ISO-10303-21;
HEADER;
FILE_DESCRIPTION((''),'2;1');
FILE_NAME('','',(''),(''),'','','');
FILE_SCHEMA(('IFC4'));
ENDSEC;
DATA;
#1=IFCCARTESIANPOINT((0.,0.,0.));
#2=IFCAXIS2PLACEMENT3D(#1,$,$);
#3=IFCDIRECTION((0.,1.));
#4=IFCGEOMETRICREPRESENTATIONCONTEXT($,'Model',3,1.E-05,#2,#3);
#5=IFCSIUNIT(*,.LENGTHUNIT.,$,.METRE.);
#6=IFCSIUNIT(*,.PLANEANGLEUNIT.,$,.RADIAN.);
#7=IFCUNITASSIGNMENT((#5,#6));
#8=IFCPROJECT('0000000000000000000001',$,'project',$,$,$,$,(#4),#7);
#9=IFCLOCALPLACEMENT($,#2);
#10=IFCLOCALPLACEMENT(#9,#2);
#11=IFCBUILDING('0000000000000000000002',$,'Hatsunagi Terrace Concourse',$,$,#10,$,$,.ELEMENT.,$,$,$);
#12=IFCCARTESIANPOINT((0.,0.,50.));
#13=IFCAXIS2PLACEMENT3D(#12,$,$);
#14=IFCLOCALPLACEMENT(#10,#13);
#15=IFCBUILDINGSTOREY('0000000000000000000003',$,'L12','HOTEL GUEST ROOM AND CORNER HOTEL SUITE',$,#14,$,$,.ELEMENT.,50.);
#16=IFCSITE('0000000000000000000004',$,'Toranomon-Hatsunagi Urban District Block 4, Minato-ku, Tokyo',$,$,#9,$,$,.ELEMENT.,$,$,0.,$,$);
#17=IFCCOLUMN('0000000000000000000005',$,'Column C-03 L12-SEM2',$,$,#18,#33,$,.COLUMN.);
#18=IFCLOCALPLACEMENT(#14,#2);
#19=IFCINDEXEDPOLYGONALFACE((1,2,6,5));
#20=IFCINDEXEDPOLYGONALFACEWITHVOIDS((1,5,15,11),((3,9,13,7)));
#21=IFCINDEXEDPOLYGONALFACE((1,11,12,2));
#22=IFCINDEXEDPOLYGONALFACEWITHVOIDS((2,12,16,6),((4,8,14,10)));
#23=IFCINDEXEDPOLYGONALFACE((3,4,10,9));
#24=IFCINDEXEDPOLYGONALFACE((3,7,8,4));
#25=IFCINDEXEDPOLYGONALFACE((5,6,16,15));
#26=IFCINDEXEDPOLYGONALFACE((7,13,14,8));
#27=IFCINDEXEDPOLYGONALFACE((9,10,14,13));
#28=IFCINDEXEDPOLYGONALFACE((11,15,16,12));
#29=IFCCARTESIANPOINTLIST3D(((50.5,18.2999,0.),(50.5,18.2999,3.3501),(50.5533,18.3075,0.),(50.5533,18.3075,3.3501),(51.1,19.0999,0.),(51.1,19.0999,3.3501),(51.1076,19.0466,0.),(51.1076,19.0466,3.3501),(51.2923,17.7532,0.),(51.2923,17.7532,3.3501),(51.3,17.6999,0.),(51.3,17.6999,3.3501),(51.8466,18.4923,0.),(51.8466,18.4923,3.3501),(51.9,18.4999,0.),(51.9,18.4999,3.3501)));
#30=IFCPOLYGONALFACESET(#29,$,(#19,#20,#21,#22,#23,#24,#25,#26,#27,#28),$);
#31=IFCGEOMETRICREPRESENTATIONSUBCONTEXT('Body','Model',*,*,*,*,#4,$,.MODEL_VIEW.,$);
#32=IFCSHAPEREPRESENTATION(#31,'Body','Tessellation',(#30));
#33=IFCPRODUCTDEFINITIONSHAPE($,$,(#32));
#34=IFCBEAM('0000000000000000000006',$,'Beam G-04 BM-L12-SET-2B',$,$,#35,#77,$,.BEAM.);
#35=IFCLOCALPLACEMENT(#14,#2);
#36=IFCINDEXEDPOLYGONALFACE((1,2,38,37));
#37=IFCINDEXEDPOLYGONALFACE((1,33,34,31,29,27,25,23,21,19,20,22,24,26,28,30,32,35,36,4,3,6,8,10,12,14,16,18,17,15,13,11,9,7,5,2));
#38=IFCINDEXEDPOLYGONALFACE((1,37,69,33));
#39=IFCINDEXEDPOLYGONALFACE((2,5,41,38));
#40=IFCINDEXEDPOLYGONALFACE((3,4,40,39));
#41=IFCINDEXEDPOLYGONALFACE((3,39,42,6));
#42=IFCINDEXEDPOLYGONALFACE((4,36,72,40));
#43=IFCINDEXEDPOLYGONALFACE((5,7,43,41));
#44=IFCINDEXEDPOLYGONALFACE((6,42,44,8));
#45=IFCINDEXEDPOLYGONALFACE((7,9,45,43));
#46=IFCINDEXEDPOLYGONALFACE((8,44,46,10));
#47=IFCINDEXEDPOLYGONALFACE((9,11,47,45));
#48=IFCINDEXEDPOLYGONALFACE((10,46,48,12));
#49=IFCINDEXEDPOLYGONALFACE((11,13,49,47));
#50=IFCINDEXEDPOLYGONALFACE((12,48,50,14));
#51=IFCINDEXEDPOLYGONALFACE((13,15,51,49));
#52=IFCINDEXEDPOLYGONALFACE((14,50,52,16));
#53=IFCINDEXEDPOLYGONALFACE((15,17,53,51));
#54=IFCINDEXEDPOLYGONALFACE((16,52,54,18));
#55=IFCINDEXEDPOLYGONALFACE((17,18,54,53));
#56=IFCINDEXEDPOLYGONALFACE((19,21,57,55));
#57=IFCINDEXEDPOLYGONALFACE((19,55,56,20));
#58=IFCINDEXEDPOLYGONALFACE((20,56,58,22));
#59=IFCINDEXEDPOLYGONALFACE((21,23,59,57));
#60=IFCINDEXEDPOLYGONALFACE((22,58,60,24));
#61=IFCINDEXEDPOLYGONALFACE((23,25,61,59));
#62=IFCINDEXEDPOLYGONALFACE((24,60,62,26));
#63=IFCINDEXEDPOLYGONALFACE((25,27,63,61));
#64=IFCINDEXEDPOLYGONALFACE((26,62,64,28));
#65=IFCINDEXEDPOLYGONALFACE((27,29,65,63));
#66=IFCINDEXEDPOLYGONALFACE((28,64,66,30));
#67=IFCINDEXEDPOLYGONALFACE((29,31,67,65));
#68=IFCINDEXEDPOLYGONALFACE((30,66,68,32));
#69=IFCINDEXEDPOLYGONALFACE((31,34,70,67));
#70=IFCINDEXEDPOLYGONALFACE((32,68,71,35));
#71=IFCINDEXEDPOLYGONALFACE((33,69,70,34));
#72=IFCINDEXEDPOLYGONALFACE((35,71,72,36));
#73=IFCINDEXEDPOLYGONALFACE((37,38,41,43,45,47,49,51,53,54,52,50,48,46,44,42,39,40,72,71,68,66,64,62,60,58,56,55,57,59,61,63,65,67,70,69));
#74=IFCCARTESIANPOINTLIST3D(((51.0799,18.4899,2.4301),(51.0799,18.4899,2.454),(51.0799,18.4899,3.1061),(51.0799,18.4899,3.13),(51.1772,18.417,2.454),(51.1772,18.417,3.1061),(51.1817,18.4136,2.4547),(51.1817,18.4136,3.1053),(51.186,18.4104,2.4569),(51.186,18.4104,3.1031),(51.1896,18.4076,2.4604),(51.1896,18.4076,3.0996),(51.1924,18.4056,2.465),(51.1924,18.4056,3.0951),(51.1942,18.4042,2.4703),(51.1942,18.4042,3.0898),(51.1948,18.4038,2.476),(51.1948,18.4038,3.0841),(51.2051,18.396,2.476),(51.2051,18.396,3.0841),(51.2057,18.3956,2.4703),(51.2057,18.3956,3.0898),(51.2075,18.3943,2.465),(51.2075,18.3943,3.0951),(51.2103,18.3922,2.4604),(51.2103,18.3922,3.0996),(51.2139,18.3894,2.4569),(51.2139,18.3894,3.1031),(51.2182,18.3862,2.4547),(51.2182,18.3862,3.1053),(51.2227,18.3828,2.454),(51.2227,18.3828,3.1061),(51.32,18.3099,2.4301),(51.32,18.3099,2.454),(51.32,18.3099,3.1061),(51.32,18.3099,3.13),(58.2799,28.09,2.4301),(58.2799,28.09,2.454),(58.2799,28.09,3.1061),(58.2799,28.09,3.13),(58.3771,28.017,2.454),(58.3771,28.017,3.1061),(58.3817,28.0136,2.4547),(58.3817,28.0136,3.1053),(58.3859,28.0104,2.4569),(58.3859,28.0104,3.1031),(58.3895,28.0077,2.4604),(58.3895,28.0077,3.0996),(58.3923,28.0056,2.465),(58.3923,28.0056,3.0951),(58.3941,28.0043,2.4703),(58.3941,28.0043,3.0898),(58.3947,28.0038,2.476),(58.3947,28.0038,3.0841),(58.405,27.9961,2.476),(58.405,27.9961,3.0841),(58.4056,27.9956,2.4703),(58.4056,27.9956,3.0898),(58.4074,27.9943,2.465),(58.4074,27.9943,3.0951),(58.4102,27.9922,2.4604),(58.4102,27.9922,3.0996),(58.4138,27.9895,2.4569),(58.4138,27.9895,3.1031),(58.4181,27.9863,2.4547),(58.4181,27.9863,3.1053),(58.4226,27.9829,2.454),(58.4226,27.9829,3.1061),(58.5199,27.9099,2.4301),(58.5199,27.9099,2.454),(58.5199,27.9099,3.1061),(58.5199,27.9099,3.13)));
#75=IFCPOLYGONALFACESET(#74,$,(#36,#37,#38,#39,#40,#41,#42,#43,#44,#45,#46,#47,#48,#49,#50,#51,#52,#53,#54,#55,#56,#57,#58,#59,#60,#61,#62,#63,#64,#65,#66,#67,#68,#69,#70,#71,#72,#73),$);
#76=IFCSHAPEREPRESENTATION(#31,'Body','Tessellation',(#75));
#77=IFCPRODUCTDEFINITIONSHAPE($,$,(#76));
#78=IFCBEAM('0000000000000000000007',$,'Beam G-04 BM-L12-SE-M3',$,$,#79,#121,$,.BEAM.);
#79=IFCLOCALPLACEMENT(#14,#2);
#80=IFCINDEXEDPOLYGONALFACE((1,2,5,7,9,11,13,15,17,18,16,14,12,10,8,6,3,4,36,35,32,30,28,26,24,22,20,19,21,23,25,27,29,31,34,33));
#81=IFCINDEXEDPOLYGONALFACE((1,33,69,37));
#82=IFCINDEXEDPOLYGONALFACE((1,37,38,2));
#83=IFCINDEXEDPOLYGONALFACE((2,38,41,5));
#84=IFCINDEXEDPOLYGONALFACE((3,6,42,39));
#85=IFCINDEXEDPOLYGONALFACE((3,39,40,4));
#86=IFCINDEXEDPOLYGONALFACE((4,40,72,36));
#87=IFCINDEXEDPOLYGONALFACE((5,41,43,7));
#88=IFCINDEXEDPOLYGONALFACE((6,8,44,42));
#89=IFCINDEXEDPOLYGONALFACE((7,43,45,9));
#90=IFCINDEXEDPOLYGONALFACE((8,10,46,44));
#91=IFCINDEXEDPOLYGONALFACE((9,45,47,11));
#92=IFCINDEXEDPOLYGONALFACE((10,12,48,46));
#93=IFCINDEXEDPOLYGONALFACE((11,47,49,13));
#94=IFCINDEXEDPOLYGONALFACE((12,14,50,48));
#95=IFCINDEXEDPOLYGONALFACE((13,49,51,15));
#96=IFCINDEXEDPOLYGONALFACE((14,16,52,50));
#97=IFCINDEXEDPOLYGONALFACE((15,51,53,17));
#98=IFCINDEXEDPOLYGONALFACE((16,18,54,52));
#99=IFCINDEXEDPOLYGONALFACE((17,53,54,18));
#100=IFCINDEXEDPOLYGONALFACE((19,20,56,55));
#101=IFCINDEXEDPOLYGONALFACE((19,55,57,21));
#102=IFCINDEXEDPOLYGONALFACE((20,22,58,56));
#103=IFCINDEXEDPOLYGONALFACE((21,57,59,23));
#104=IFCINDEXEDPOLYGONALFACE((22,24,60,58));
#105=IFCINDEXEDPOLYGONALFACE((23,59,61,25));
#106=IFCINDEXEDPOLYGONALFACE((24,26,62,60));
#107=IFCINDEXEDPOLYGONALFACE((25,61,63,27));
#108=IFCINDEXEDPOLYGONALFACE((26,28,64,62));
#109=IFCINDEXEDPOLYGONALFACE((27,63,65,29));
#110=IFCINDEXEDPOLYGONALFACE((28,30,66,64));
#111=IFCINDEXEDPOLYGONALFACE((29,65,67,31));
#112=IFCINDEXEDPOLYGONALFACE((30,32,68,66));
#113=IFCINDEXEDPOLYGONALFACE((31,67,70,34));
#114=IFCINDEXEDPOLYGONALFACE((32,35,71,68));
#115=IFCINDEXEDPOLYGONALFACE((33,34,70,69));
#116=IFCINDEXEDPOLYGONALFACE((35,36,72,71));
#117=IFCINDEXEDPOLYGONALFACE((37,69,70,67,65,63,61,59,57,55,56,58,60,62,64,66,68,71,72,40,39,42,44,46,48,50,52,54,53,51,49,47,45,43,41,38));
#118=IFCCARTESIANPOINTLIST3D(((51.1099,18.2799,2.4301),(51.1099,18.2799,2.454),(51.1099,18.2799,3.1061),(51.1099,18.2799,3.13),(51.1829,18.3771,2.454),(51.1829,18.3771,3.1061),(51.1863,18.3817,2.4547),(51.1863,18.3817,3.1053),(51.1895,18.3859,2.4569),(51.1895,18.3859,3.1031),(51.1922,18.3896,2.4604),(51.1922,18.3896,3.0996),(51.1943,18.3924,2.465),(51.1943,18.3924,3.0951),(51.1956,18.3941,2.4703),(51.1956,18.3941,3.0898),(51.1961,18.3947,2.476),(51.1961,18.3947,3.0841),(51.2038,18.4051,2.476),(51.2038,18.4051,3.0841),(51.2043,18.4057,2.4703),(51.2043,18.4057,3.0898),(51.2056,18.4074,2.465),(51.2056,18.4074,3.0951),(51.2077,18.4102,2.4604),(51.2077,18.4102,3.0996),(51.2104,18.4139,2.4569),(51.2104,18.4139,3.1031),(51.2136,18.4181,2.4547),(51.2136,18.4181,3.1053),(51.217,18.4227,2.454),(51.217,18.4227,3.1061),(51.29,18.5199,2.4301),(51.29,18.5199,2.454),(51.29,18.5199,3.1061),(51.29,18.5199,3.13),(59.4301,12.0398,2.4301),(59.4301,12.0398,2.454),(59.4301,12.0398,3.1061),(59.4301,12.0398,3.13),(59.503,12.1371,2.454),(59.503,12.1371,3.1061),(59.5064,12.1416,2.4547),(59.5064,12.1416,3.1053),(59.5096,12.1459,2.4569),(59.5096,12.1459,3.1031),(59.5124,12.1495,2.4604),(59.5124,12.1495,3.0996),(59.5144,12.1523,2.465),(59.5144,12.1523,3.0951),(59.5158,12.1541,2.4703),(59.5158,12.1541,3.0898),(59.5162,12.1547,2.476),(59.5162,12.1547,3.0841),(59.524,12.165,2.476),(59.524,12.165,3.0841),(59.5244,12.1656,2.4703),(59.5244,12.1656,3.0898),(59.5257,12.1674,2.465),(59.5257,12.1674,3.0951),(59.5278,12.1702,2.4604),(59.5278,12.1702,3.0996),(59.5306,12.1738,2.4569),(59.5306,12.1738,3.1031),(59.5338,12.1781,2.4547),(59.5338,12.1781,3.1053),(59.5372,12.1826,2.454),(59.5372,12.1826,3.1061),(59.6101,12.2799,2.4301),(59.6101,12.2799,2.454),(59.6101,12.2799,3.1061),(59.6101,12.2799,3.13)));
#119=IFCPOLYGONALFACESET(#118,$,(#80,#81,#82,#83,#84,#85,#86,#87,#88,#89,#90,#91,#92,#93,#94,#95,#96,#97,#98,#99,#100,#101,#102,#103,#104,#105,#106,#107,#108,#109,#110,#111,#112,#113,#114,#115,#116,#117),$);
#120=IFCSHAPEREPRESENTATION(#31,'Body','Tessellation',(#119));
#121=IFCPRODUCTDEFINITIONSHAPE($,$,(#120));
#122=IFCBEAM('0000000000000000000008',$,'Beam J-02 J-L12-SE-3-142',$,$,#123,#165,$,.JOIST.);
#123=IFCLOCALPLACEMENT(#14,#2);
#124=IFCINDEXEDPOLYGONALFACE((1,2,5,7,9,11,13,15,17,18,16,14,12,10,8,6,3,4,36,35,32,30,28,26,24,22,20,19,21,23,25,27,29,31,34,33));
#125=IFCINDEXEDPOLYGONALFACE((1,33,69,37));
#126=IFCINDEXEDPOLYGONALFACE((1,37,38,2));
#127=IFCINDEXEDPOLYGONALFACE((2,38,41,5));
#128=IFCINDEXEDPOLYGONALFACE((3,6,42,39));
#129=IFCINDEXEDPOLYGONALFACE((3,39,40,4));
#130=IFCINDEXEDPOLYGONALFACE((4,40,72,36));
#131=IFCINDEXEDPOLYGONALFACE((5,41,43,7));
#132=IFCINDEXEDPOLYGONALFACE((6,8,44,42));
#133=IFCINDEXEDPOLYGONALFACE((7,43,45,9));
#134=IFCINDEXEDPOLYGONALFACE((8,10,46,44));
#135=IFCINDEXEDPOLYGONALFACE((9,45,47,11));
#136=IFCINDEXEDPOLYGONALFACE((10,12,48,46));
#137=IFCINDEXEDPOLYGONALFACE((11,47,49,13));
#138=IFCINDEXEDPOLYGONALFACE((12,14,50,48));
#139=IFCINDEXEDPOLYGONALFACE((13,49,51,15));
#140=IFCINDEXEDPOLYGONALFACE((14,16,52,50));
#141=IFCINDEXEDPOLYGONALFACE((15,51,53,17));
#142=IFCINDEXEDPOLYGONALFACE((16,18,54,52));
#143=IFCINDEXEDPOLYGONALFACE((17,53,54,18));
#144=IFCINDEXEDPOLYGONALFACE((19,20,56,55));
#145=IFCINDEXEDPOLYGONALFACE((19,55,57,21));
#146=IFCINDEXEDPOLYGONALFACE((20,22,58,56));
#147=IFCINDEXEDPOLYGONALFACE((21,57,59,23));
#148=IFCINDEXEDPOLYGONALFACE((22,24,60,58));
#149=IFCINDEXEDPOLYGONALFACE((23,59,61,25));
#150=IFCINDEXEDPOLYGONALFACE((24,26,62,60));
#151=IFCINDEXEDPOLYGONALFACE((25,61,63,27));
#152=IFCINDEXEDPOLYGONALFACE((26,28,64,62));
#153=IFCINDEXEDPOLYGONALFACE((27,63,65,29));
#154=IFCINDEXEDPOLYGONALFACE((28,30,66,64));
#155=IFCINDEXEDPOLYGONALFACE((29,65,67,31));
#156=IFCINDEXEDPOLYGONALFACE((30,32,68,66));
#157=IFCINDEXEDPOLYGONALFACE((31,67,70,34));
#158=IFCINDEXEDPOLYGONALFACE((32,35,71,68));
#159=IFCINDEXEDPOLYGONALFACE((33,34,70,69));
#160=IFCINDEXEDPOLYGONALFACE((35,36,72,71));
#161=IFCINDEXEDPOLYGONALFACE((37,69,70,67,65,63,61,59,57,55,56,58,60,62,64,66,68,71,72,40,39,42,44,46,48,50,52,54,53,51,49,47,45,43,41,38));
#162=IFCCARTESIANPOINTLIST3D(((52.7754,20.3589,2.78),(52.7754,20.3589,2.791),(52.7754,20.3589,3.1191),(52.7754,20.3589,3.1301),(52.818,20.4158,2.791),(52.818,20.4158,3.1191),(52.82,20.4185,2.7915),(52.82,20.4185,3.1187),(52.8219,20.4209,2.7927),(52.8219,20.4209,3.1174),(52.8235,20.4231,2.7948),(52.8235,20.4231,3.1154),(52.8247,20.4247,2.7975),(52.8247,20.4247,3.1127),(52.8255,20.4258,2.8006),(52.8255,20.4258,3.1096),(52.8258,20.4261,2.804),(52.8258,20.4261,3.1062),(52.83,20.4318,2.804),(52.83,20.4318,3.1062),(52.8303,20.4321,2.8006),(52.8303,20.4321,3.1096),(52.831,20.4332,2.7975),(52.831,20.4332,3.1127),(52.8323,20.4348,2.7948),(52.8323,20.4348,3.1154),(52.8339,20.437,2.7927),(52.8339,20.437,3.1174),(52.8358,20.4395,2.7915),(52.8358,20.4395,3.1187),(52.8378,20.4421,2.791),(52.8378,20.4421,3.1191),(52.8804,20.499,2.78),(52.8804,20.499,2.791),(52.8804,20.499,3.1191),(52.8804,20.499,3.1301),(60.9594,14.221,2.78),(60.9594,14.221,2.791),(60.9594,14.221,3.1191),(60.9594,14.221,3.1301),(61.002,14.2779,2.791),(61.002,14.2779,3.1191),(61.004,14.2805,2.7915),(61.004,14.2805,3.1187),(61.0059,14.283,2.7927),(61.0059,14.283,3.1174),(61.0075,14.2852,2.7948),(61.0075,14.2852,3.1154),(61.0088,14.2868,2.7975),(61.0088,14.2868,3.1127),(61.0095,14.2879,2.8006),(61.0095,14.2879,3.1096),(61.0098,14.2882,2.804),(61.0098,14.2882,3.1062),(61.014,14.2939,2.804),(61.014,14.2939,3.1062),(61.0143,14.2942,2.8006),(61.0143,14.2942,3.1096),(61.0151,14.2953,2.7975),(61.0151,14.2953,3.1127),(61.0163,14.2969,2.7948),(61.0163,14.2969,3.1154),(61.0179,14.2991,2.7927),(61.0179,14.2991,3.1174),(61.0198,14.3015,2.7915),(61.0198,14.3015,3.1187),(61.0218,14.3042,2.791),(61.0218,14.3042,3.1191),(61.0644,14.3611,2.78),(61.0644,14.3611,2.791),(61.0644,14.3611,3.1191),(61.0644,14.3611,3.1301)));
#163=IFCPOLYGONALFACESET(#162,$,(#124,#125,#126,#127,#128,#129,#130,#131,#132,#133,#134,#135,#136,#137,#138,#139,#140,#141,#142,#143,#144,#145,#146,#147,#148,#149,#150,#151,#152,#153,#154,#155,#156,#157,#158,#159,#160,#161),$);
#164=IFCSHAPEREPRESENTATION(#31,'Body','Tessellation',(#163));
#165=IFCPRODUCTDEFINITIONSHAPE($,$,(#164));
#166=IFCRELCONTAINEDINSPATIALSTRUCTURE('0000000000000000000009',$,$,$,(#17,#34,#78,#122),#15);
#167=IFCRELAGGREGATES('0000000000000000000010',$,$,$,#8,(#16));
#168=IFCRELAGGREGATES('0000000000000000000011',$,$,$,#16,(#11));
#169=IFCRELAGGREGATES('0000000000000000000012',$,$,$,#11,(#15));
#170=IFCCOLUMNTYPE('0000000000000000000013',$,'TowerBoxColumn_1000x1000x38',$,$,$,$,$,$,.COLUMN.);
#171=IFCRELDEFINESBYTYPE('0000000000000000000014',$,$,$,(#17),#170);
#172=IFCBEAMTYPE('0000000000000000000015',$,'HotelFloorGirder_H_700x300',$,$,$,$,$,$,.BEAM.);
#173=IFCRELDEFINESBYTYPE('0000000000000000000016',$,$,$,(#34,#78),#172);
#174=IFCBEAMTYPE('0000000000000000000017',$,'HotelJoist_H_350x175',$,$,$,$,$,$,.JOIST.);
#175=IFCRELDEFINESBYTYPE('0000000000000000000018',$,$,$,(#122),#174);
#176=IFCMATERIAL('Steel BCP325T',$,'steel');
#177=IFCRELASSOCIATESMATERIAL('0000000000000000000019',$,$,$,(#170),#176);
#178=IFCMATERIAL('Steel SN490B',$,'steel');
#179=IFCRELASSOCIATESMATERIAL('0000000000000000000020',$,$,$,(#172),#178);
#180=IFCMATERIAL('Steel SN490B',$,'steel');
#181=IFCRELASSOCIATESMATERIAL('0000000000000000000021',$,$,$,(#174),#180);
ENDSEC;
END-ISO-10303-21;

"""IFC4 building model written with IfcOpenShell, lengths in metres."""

from ifc_helpers import new_model, si_unit, direction, frame, origin, origin_2d, place, context, subcontext, project, spatial, hollow_rectangle, i_section, extrude, material, material_profile, profile_set, type_object, element, save


model = new_model("IFC4")

# Units and contexts
model_context = context("Model", 3, precision=1e-05, world=origin(), true_north=direction((0.0, 1.0)))
body_context = subcontext(model_context, "Body", "Model", "MODEL_VIEW")
ifc_project = project(units=[si_unit("LENGTHUNIT", "METRE"), si_unit("PLANEANGLEUNIT", "RADIAN")], contexts=[model_context])

# Site, building, storey
site_placement = place(None, origin())
site = spatial("IfcSite", under=ifc_project, at=site_placement, Name="Toranomon-Hatsunagi Urban District Block 4, Minato-ku, Tokyo", CompositionType="ELEMENT", RefElevation=0.0)
building_placement = place(site_placement, origin())
building = spatial("IfcBuilding", under=site, at=building_placement, Name="Hatsunagi Terrace Concourse", CompositionType="ELEMENT")
storey_placement = place(building_placement, frame((0.0, 0.0, 50.0)))
storey = spatial("IfcBuildingStorey", under=building, at=storey_placement, Name="L12", Description="HOTEL GUEST ROOM AND CORNER HOTEL SUITE", CompositionType="ELEMENT", Elevation=50.0)

# Column
ifc_material_1 = material(Name="Steel BCP325T", Category="steel")
ifc_material_profile_1 = material_profile(ifc_material_1, hollow_rectangle(XDim=1.0, YDim=1.0, WallThickness=0.0381, at=origin_2d()), Name="BCP-1000x1000x38")
ifc_profile_set_1 = profile_set([ifc_material_profile_1], Name="Steel BCP325T")
column_type = type_object("IfcColumnType", Name="TowerBoxColumn_1000x1000x38", PredefinedType="COLUMN", material=ifc_profile_set_1)
column_placement = place(storey_placement, frame((51.2, 18.3999, 0.0), z_axis=(0.0, 0.0, 1.0), x_axis=(0.8, -0.6, 0.0)))
element("IfcColumn", 1, at=column_placement, inside=storey, type_object=column_type, Name="Column C-03 L12-SEM2", PredefinedType="COLUMN", context=body_context, shape_type="SweptSolid", body=[
    extrude(hollow_rectangle(XDim=1.0, YDim=1.0, WallThickness=0.0381, at=origin_2d()), origin(), (0.0, 0.0, 1.0), 3.3501),
])

# Beams
ifc_material_2 = material(Name="Steel SN490B", Category="steel")
ifc_material_profile_2 = material_profile(ifc_material_2, i_section(OverallWidth=0.3, OverallDepth=0.7, WebThickness=0.0129, FlangeThickness=0.0239, FilletRadius=0.022, at=origin_2d()), Name="H-700x300x13x24")
ifc_profile_set_2 = profile_set([ifc_material_profile_2], Name="Steel SN490B")
beam_type_1 = type_object("IfcBeamType", Name="HotelFloorGirder_H_700x300", PredefinedType="BEAM", material=ifc_profile_set_2)
beam_1_placement = place(storey_placement, frame((51.2, 18.3999, 2.78), z_axis=(0.599993, 0.800005, 0.0), x_axis=(-0.800005, 0.599993, 0.0)))
element("IfcBeam", 2, at=beam_1_placement, inside=storey, type_object=beam_type_1, Name="Beam G-04 BM-L12-SET-2B", PredefinedType="BEAM", context=body_context, shape_type="SweptSolid", body=[
    extrude(i_section(OverallWidth=0.3, OverallDepth=0.7, WebThickness=0.0129, FlangeThickness=0.0239, FilletRadius=0.022, at=origin_2d()), origin(), (0.0, 0.0, 1.0), 12.0),
])
beam_2_placement = place(storey_placement, frame((51.2, 18.3999, 2.78), z_axis=(0.800003, -0.599996, 0.0), x_axis=(0.599996, 0.800003, 0.0)))
element("IfcBeam", 3, at=beam_2_placement, inside=storey, type_object=beam_type_1, Name="Beam G-04 BM-L12-SE-M3", PredefinedType="BEAM", context=body_context, shape_type="SweptSolid", body=[
    extrude(i_section(OverallWidth=0.3, OverallDepth=0.7, WebThickness=0.0129, FlangeThickness=0.0239, FilletRadius=0.022, at=origin_2d()), origin(), (0.0, 0.0, 1.0), 10.4001),
])
ifc_material_3 = material(Name="Steel SN490B", Category="steel")
ifc_material_profile_3 = material_profile(ifc_material_3, i_section(OverallWidth=0.175, OverallDepth=0.3501, WebThickness=0.0071, FlangeThickness=0.011, FilletRadius=0.0129, at=origin_2d()), Name="H-350x175x7x11")
ifc_profile_set_3 = profile_set([ifc_material_profile_3], Name="Steel SN490B")
beam_type_2 = type_object("IfcBeamType", Name="HotelJoist_H_350x175", PredefinedType="JOIST", material=ifc_profile_set_3)
for number, where, z_axis, x_axis, name in (
    (4, (52.8279, 20.429, 2.9551), (0.800006, -0.599992, 0.0), (0.599992, 0.800006, 0.0), "Beam J-02 J-L12-SE-3-142"),
):
    element("IfcBeam", number, at=place(storey_placement, frame(where, z_axis=z_axis, x_axis=x_axis)), inside=storey, type_object=beam_type_2, Name=name, PredefinedType="JOIST", context=body_context, shape_type="SweptSolid", body=[
        extrude(i_section(OverallWidth=0.175, OverallDepth=0.3501, WebThickness=0.0071, FlangeThickness=0.011, FilletRadius=0.0129, at=origin_2d()), origin(), (0.0, 0.0, 1.0), 10.23),
    ])

save(model, "model.ifc")
